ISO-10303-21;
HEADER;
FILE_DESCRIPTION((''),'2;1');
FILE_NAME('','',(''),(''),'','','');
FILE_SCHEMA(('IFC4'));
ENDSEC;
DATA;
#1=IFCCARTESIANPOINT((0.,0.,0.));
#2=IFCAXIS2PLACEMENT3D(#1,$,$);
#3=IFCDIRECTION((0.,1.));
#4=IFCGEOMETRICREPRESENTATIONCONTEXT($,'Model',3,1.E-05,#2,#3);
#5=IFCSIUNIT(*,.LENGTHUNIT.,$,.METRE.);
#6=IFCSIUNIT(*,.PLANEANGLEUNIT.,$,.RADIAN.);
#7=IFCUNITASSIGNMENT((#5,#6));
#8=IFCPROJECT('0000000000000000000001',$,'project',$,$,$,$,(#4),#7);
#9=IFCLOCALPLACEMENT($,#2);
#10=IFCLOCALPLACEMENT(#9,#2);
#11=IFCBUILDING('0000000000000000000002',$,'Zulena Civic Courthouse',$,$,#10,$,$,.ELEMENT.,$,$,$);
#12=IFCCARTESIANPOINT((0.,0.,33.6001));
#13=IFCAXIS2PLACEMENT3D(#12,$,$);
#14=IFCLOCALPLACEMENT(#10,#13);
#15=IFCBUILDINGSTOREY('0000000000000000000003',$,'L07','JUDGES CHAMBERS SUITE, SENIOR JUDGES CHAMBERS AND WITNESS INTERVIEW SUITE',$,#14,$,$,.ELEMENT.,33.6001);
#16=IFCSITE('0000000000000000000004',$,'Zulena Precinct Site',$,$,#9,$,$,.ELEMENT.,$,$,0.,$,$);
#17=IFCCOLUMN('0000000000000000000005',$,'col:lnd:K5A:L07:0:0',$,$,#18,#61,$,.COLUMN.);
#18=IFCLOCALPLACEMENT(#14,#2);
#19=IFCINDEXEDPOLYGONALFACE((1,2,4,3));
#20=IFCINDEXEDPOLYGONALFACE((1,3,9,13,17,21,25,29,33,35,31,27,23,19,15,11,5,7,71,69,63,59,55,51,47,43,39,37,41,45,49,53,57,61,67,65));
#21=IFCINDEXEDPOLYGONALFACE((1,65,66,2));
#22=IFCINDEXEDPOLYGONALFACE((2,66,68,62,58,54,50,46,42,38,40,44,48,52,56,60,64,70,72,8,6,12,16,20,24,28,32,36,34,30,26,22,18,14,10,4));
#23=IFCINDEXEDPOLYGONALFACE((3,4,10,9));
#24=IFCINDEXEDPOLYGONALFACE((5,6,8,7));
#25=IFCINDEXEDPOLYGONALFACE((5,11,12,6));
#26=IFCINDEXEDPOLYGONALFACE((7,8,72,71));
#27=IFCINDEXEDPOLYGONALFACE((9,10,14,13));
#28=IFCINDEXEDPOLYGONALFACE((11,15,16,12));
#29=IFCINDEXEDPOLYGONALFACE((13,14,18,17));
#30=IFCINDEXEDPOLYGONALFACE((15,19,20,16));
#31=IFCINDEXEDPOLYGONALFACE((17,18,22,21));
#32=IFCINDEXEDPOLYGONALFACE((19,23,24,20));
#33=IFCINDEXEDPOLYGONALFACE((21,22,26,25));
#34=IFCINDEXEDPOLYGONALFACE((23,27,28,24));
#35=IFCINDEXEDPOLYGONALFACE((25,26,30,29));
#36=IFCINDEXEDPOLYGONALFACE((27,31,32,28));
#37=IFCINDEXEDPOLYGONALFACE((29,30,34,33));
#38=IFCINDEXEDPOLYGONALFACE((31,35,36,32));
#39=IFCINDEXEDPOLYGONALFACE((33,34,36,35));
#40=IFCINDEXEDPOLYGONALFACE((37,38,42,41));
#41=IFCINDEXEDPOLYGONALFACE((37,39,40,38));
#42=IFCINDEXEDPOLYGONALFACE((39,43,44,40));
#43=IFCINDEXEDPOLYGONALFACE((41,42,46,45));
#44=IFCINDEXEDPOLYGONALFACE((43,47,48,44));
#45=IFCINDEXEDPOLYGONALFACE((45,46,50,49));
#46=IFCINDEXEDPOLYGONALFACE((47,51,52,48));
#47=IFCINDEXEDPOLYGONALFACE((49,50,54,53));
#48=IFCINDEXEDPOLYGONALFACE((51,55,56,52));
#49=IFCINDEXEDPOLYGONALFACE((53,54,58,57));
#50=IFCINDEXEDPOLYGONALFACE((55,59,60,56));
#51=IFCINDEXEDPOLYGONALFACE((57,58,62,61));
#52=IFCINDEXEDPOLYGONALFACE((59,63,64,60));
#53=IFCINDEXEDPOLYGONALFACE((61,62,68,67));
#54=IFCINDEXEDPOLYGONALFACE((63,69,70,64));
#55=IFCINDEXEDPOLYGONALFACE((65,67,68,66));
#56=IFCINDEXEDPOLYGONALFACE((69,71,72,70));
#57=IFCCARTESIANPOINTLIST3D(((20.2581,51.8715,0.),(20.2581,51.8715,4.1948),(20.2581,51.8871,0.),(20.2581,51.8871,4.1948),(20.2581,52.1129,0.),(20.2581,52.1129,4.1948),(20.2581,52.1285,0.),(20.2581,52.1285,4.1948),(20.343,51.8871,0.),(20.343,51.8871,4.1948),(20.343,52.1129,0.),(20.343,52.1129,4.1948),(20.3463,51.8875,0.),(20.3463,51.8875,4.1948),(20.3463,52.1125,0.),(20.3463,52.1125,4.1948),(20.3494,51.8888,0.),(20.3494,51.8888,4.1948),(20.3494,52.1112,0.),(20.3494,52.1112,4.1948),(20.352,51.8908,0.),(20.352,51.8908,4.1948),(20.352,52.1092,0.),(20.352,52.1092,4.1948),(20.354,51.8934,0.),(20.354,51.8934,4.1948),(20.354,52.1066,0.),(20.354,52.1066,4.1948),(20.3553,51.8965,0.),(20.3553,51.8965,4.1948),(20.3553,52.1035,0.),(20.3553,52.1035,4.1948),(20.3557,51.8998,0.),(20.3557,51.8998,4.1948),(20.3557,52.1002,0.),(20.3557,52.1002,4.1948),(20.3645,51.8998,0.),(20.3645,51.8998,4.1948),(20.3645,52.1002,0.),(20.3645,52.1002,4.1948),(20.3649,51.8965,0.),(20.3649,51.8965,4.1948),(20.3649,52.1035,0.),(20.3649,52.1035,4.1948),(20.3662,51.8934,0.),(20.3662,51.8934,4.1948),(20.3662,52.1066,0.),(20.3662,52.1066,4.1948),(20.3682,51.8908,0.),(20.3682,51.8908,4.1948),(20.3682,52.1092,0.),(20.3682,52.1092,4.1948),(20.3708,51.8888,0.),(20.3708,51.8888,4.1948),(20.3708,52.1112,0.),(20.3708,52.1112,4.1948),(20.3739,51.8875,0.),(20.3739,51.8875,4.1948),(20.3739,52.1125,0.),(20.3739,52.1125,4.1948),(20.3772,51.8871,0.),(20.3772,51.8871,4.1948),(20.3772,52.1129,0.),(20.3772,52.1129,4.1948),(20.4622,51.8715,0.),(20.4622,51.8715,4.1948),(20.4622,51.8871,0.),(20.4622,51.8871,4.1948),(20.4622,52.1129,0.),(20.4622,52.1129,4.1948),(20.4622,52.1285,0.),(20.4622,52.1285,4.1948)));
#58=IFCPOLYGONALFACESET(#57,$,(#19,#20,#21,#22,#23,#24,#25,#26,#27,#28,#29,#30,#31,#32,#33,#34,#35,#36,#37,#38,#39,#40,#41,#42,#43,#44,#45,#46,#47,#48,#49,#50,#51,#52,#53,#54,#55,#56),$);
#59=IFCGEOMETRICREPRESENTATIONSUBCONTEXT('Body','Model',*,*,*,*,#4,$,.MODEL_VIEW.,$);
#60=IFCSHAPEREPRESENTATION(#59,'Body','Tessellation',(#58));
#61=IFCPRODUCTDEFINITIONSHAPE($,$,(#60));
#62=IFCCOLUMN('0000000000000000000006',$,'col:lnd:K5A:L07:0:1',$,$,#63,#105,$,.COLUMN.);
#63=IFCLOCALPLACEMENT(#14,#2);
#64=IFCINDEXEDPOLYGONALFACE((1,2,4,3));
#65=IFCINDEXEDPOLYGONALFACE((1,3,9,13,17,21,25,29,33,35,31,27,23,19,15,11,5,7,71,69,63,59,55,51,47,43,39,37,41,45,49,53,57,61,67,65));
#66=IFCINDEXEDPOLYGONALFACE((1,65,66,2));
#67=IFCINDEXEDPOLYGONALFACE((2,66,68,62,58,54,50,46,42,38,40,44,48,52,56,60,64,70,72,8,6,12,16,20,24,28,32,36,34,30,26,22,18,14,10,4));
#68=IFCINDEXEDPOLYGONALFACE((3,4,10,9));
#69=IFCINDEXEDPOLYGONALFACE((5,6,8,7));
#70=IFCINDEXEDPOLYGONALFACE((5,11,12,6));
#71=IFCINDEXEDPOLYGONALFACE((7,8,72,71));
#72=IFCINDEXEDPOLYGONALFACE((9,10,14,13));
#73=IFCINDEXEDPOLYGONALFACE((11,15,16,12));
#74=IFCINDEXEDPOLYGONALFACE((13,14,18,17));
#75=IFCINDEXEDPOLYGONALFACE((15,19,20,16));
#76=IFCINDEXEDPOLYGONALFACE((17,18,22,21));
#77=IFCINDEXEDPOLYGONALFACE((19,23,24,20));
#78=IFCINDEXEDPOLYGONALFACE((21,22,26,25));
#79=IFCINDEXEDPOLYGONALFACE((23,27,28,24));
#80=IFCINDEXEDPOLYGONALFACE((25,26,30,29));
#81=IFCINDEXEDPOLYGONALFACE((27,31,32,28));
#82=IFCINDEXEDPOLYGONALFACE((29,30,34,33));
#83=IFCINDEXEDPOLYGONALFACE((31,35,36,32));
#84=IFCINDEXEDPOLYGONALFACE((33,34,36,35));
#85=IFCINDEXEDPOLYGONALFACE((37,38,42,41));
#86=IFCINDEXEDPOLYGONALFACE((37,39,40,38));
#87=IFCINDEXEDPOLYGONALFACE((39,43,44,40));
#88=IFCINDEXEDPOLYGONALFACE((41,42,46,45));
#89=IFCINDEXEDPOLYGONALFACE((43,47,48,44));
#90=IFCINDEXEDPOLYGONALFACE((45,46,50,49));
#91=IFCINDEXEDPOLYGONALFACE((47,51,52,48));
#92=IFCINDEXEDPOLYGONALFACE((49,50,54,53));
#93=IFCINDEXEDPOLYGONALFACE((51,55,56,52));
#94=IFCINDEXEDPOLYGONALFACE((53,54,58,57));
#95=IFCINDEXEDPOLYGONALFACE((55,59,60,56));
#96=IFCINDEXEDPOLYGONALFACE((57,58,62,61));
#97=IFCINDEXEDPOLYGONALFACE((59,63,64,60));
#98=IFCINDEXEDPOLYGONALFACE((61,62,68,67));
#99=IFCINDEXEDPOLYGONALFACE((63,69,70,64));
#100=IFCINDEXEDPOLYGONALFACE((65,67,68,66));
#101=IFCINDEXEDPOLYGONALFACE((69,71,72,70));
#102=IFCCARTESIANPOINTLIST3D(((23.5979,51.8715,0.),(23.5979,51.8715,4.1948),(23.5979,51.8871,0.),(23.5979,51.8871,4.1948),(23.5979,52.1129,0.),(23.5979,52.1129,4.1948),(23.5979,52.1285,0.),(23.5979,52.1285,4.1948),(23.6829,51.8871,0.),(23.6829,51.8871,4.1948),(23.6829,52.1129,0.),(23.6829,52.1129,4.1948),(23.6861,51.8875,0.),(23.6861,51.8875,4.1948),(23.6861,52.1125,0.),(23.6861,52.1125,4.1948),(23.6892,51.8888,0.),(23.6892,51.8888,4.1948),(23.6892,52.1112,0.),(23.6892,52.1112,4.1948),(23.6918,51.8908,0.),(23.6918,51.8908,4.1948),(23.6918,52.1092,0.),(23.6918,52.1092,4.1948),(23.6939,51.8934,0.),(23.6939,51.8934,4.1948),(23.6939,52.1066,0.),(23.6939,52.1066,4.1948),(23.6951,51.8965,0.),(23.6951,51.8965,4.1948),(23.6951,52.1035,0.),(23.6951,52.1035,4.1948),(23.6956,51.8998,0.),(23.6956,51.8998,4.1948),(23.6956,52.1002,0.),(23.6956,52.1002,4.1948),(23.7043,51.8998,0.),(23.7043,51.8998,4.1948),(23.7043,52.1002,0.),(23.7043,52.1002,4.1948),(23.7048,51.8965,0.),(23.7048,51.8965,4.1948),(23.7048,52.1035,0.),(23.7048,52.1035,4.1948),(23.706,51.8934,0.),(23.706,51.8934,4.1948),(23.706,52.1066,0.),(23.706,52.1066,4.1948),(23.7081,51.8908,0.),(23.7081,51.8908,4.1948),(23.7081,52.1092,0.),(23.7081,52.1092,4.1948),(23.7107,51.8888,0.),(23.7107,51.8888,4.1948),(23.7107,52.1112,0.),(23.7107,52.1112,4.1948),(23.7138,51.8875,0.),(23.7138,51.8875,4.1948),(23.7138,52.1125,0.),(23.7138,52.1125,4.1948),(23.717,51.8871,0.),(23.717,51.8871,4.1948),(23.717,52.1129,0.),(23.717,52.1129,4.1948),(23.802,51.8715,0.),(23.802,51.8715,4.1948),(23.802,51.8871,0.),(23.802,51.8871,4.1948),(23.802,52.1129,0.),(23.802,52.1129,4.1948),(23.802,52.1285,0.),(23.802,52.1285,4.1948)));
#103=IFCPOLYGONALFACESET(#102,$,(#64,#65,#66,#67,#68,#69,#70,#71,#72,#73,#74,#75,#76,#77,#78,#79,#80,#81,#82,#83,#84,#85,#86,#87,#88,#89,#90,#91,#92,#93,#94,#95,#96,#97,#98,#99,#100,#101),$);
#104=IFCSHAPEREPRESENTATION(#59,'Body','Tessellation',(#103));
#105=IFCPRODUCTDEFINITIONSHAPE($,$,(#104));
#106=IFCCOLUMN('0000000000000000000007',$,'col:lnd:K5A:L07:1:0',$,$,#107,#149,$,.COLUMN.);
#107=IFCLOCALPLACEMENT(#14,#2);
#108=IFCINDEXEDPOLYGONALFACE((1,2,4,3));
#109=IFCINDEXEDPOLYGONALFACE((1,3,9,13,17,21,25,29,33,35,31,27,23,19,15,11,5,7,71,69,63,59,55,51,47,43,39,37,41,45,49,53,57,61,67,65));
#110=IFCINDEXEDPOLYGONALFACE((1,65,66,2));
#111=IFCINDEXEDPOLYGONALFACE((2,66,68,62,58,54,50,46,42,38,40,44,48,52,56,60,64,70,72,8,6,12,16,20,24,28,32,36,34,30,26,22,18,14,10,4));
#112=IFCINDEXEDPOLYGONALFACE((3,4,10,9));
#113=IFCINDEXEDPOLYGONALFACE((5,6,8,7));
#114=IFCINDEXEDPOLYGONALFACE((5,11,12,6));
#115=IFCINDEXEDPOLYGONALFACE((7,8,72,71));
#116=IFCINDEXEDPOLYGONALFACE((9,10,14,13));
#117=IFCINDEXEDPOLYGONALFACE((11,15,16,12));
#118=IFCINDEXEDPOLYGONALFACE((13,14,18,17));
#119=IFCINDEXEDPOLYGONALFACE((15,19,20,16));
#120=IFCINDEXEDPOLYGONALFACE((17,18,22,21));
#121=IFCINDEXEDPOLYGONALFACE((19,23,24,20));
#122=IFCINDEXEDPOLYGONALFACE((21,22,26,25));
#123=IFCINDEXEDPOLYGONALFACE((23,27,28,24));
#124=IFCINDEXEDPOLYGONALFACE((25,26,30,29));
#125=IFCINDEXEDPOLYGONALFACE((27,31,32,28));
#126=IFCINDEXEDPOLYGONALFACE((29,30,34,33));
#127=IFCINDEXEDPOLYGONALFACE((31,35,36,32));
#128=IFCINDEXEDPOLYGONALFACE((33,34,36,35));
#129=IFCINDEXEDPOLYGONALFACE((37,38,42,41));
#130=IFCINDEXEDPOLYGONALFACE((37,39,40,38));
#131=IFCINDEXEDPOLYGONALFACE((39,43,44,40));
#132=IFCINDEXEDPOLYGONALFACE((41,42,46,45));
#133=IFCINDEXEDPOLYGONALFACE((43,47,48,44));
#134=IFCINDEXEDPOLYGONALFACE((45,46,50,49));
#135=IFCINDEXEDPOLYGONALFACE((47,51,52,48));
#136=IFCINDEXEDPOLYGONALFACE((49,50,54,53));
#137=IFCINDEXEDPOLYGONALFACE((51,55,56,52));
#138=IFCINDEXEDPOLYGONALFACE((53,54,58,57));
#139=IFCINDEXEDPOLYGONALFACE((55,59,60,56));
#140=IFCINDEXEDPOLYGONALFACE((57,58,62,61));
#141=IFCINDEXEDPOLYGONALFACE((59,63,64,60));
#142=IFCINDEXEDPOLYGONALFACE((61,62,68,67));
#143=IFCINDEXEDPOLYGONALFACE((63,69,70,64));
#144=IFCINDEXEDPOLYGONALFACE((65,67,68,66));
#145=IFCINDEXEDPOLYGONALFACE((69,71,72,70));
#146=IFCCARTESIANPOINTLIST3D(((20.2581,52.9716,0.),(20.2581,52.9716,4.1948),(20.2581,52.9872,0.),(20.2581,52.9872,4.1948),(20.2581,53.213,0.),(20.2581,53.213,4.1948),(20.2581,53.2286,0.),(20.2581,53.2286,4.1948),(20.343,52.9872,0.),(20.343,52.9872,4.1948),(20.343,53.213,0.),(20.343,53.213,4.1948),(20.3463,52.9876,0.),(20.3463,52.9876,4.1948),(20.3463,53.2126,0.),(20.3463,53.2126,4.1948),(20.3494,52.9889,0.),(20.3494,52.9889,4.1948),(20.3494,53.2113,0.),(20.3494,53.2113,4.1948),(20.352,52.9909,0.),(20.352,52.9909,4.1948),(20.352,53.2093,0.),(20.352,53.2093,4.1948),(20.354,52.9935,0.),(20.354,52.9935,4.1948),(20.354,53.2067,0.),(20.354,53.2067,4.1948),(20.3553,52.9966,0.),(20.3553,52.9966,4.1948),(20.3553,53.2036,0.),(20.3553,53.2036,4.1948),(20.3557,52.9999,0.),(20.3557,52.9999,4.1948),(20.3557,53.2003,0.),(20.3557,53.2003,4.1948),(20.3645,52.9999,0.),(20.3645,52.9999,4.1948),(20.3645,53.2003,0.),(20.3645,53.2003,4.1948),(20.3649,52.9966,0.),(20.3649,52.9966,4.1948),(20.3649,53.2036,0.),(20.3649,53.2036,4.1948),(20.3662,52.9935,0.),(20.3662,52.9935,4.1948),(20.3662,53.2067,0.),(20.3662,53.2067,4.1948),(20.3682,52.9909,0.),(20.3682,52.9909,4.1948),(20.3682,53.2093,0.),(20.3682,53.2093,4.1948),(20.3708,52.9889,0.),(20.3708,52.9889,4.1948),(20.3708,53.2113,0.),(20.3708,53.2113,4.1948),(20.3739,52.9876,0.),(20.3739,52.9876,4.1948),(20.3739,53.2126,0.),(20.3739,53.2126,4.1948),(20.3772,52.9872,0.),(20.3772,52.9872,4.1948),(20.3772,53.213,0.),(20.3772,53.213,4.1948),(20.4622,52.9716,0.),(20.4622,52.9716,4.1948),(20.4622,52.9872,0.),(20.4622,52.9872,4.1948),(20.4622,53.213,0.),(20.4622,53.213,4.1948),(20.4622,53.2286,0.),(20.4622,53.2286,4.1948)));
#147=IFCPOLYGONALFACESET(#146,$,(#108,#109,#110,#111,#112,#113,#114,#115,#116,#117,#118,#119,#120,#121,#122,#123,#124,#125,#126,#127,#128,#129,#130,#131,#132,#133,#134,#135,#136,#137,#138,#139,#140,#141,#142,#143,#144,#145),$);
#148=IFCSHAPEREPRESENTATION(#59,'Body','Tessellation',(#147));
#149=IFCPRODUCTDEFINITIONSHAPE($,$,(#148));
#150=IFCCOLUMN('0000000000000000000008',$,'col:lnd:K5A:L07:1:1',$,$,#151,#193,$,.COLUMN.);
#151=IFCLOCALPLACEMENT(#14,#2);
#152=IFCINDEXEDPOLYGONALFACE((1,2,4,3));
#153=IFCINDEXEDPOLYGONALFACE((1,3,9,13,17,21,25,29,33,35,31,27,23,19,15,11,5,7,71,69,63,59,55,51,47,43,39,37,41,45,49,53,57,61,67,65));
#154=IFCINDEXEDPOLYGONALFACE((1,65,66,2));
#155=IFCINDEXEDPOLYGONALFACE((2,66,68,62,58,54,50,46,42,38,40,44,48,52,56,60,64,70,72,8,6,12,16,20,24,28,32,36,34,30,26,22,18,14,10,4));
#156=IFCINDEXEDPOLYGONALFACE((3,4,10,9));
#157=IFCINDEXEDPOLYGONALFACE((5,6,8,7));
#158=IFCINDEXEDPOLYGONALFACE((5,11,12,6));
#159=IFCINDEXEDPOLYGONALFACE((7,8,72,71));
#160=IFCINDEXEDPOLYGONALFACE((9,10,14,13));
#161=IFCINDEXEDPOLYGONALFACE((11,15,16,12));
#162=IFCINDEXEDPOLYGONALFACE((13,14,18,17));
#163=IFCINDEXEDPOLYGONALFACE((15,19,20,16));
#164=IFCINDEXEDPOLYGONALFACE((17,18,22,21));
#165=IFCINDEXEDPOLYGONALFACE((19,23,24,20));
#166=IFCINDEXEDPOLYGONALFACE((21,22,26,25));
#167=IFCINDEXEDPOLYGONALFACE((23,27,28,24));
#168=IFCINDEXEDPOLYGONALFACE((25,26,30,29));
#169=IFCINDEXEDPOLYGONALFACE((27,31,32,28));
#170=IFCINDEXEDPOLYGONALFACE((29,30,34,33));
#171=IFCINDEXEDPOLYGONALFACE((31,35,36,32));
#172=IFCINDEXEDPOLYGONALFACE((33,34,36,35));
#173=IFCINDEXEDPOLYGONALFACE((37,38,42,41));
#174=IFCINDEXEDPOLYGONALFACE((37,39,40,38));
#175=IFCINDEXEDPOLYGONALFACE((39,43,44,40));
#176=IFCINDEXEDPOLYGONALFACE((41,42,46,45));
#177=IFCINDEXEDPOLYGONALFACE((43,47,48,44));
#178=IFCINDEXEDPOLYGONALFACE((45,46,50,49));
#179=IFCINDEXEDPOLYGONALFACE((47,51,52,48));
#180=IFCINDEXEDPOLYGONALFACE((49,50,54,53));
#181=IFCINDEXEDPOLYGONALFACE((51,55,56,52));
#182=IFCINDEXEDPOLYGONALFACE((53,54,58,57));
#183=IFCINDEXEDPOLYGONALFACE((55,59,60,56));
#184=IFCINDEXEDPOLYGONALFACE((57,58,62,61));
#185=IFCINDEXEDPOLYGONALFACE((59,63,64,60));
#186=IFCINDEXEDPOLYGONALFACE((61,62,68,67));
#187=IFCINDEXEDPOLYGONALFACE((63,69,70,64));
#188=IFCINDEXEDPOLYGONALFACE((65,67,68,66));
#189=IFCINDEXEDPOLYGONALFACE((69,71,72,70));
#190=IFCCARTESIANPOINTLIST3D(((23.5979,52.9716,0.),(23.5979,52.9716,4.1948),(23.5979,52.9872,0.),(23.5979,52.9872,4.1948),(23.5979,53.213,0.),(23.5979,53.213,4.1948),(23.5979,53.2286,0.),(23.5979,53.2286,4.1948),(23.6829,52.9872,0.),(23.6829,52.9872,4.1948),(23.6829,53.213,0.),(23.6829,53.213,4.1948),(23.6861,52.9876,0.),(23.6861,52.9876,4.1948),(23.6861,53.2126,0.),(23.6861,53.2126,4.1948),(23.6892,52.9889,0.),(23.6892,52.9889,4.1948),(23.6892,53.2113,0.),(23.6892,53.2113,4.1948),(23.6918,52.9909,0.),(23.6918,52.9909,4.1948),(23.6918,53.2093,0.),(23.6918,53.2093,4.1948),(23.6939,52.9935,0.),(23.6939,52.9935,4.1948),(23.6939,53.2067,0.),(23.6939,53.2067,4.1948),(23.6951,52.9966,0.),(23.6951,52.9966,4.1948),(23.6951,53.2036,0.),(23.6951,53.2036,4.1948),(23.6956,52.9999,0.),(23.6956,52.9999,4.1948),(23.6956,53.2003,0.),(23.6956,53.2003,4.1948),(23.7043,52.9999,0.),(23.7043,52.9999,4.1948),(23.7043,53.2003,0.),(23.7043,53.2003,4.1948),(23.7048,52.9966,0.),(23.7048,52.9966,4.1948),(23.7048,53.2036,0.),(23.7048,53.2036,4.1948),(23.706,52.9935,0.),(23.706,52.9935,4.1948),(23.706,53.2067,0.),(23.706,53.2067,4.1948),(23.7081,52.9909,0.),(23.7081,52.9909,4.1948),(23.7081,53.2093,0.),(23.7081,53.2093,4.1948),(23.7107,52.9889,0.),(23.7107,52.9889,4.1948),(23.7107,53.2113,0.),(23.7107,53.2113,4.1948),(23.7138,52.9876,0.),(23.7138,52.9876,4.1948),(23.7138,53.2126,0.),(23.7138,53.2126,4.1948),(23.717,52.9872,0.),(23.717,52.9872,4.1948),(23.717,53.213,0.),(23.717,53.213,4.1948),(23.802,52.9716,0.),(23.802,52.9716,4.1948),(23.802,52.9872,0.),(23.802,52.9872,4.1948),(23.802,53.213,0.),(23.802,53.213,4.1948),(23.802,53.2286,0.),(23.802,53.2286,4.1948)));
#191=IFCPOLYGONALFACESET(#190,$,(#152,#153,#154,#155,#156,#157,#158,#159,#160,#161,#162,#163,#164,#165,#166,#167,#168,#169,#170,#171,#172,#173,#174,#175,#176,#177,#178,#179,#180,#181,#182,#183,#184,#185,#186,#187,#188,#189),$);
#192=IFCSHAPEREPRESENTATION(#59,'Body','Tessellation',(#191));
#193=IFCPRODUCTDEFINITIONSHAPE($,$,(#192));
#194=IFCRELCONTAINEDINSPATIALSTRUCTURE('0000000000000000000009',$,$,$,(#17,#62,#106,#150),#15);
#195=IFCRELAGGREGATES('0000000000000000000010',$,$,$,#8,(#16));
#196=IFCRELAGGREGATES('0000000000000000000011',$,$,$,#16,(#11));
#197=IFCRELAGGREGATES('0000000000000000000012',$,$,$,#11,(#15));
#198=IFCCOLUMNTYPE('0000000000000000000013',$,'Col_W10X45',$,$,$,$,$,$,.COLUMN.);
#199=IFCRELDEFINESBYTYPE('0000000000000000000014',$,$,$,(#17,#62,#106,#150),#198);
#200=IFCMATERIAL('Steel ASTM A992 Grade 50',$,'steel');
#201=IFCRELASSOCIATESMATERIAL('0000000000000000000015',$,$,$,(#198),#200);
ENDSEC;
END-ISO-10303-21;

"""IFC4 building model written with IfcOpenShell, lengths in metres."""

from ifc_helpers import new_model, si_unit, direction, frame, origin, origin_2d, place, context, subcontext, project, spatial, i_section, extrude, material, material_profile, profile_set, type_object, element, save


model = new_model("IFC4")

# Units and contexts
model_context = context("Model", 3, precision=1e-05, world=origin(), true_north=direction((0.0, 1.0)))
body_context = subcontext(model_context, "Body", "Model", "MODEL_VIEW")
ifc_project = project(units=[si_unit("LENGTHUNIT", "METRE"), si_unit("PLANEANGLEUNIT", "RADIAN")], contexts=[model_context])

# Site, building, storey
site_placement = place(None, origin())
site = spatial("IfcSite", under=ifc_project, at=site_placement, Name="Zulena Precinct Site", CompositionType="ELEMENT", RefElevation=0.0)
building_placement = place(site_placement, origin())
building = spatial("IfcBuilding", under=site, at=building_placement, Name="Zulena Civic Courthouse", CompositionType="ELEMENT")
storey_placement = place(building_placement, frame((0.0, 0.0, 33.6001)))
storey = spatial("IfcBuildingStorey", under=building, at=storey_placement, Name="L07", Description="JUDGES CHAMBERS SUITE, SENIOR JUDGES CHAMBERS AND WITNESS INTERVIEW SUITE", CompositionType="ELEMENT", Elevation=33.6001)

# Columns
ifc_material_1 = material(Name="Steel ASTM A992 Grade 50", Category="steel")
ifc_material_profile_1 = material_profile(ifc_material_1, i_section(OverallWidth=0.2041, OverallDepth=0.2571, WebThickness=0.0088, FlangeThickness=0.0156, FilletRadius=0.0127, at=origin_2d()), Name="W10X45")
ifc_profile_set_1 = profile_set([ifc_material_profile_1], Name="Steel ASTM A992 Grade 50")
column_type_1 = type_object("IfcColumnType", Name="Col_W10X45", PredefinedType="COLUMN", material=ifc_profile_set_1)
for number, where, z_axis, x_axis, name in (
    (1, (20.3601, 52.0, 0.0), (0.0, 0.0, 1.0), (1.0, 0.0, 0.0), "col:lnd:K5A:L07:0:0"),
    (2, (23.7, 52.0, 0.0), (0.0, 0.0, 1.0), (1.0, 0.0, 0.0), "col:lnd:K5A:L07:0:1"),
    (3, (20.3601, 53.1001, 0.0), (0.0, 0.0, 1.0), (1.0, 0.0, 0.0), "col:lnd:K5A:L07:1:0"),
    (4, (23.7, 53.1001, 0.0), (0.0, 0.0, 1.0), (1.0, 0.0, 0.0), "col:lnd:K5A:L07:1:1"),
):
    element("IfcColumn", number, at=place(storey_placement, frame(where, z_axis=z_axis, x_axis=x_axis)), inside=storey, type_object=column_type_1, Name=name, PredefinedType="COLUMN", context=body_context, shape_type="SweptSolid", body=[
        extrude(i_section(OverallWidth=0.2041, OverallDepth=0.2571, WebThickness=0.0088, FlangeThickness=0.0156, FilletRadius=0.0127, at=origin_2d()), origin(), (0.0, 0.0, 1.0), 4.1948),
    ])

save(model, "model.ifc")
